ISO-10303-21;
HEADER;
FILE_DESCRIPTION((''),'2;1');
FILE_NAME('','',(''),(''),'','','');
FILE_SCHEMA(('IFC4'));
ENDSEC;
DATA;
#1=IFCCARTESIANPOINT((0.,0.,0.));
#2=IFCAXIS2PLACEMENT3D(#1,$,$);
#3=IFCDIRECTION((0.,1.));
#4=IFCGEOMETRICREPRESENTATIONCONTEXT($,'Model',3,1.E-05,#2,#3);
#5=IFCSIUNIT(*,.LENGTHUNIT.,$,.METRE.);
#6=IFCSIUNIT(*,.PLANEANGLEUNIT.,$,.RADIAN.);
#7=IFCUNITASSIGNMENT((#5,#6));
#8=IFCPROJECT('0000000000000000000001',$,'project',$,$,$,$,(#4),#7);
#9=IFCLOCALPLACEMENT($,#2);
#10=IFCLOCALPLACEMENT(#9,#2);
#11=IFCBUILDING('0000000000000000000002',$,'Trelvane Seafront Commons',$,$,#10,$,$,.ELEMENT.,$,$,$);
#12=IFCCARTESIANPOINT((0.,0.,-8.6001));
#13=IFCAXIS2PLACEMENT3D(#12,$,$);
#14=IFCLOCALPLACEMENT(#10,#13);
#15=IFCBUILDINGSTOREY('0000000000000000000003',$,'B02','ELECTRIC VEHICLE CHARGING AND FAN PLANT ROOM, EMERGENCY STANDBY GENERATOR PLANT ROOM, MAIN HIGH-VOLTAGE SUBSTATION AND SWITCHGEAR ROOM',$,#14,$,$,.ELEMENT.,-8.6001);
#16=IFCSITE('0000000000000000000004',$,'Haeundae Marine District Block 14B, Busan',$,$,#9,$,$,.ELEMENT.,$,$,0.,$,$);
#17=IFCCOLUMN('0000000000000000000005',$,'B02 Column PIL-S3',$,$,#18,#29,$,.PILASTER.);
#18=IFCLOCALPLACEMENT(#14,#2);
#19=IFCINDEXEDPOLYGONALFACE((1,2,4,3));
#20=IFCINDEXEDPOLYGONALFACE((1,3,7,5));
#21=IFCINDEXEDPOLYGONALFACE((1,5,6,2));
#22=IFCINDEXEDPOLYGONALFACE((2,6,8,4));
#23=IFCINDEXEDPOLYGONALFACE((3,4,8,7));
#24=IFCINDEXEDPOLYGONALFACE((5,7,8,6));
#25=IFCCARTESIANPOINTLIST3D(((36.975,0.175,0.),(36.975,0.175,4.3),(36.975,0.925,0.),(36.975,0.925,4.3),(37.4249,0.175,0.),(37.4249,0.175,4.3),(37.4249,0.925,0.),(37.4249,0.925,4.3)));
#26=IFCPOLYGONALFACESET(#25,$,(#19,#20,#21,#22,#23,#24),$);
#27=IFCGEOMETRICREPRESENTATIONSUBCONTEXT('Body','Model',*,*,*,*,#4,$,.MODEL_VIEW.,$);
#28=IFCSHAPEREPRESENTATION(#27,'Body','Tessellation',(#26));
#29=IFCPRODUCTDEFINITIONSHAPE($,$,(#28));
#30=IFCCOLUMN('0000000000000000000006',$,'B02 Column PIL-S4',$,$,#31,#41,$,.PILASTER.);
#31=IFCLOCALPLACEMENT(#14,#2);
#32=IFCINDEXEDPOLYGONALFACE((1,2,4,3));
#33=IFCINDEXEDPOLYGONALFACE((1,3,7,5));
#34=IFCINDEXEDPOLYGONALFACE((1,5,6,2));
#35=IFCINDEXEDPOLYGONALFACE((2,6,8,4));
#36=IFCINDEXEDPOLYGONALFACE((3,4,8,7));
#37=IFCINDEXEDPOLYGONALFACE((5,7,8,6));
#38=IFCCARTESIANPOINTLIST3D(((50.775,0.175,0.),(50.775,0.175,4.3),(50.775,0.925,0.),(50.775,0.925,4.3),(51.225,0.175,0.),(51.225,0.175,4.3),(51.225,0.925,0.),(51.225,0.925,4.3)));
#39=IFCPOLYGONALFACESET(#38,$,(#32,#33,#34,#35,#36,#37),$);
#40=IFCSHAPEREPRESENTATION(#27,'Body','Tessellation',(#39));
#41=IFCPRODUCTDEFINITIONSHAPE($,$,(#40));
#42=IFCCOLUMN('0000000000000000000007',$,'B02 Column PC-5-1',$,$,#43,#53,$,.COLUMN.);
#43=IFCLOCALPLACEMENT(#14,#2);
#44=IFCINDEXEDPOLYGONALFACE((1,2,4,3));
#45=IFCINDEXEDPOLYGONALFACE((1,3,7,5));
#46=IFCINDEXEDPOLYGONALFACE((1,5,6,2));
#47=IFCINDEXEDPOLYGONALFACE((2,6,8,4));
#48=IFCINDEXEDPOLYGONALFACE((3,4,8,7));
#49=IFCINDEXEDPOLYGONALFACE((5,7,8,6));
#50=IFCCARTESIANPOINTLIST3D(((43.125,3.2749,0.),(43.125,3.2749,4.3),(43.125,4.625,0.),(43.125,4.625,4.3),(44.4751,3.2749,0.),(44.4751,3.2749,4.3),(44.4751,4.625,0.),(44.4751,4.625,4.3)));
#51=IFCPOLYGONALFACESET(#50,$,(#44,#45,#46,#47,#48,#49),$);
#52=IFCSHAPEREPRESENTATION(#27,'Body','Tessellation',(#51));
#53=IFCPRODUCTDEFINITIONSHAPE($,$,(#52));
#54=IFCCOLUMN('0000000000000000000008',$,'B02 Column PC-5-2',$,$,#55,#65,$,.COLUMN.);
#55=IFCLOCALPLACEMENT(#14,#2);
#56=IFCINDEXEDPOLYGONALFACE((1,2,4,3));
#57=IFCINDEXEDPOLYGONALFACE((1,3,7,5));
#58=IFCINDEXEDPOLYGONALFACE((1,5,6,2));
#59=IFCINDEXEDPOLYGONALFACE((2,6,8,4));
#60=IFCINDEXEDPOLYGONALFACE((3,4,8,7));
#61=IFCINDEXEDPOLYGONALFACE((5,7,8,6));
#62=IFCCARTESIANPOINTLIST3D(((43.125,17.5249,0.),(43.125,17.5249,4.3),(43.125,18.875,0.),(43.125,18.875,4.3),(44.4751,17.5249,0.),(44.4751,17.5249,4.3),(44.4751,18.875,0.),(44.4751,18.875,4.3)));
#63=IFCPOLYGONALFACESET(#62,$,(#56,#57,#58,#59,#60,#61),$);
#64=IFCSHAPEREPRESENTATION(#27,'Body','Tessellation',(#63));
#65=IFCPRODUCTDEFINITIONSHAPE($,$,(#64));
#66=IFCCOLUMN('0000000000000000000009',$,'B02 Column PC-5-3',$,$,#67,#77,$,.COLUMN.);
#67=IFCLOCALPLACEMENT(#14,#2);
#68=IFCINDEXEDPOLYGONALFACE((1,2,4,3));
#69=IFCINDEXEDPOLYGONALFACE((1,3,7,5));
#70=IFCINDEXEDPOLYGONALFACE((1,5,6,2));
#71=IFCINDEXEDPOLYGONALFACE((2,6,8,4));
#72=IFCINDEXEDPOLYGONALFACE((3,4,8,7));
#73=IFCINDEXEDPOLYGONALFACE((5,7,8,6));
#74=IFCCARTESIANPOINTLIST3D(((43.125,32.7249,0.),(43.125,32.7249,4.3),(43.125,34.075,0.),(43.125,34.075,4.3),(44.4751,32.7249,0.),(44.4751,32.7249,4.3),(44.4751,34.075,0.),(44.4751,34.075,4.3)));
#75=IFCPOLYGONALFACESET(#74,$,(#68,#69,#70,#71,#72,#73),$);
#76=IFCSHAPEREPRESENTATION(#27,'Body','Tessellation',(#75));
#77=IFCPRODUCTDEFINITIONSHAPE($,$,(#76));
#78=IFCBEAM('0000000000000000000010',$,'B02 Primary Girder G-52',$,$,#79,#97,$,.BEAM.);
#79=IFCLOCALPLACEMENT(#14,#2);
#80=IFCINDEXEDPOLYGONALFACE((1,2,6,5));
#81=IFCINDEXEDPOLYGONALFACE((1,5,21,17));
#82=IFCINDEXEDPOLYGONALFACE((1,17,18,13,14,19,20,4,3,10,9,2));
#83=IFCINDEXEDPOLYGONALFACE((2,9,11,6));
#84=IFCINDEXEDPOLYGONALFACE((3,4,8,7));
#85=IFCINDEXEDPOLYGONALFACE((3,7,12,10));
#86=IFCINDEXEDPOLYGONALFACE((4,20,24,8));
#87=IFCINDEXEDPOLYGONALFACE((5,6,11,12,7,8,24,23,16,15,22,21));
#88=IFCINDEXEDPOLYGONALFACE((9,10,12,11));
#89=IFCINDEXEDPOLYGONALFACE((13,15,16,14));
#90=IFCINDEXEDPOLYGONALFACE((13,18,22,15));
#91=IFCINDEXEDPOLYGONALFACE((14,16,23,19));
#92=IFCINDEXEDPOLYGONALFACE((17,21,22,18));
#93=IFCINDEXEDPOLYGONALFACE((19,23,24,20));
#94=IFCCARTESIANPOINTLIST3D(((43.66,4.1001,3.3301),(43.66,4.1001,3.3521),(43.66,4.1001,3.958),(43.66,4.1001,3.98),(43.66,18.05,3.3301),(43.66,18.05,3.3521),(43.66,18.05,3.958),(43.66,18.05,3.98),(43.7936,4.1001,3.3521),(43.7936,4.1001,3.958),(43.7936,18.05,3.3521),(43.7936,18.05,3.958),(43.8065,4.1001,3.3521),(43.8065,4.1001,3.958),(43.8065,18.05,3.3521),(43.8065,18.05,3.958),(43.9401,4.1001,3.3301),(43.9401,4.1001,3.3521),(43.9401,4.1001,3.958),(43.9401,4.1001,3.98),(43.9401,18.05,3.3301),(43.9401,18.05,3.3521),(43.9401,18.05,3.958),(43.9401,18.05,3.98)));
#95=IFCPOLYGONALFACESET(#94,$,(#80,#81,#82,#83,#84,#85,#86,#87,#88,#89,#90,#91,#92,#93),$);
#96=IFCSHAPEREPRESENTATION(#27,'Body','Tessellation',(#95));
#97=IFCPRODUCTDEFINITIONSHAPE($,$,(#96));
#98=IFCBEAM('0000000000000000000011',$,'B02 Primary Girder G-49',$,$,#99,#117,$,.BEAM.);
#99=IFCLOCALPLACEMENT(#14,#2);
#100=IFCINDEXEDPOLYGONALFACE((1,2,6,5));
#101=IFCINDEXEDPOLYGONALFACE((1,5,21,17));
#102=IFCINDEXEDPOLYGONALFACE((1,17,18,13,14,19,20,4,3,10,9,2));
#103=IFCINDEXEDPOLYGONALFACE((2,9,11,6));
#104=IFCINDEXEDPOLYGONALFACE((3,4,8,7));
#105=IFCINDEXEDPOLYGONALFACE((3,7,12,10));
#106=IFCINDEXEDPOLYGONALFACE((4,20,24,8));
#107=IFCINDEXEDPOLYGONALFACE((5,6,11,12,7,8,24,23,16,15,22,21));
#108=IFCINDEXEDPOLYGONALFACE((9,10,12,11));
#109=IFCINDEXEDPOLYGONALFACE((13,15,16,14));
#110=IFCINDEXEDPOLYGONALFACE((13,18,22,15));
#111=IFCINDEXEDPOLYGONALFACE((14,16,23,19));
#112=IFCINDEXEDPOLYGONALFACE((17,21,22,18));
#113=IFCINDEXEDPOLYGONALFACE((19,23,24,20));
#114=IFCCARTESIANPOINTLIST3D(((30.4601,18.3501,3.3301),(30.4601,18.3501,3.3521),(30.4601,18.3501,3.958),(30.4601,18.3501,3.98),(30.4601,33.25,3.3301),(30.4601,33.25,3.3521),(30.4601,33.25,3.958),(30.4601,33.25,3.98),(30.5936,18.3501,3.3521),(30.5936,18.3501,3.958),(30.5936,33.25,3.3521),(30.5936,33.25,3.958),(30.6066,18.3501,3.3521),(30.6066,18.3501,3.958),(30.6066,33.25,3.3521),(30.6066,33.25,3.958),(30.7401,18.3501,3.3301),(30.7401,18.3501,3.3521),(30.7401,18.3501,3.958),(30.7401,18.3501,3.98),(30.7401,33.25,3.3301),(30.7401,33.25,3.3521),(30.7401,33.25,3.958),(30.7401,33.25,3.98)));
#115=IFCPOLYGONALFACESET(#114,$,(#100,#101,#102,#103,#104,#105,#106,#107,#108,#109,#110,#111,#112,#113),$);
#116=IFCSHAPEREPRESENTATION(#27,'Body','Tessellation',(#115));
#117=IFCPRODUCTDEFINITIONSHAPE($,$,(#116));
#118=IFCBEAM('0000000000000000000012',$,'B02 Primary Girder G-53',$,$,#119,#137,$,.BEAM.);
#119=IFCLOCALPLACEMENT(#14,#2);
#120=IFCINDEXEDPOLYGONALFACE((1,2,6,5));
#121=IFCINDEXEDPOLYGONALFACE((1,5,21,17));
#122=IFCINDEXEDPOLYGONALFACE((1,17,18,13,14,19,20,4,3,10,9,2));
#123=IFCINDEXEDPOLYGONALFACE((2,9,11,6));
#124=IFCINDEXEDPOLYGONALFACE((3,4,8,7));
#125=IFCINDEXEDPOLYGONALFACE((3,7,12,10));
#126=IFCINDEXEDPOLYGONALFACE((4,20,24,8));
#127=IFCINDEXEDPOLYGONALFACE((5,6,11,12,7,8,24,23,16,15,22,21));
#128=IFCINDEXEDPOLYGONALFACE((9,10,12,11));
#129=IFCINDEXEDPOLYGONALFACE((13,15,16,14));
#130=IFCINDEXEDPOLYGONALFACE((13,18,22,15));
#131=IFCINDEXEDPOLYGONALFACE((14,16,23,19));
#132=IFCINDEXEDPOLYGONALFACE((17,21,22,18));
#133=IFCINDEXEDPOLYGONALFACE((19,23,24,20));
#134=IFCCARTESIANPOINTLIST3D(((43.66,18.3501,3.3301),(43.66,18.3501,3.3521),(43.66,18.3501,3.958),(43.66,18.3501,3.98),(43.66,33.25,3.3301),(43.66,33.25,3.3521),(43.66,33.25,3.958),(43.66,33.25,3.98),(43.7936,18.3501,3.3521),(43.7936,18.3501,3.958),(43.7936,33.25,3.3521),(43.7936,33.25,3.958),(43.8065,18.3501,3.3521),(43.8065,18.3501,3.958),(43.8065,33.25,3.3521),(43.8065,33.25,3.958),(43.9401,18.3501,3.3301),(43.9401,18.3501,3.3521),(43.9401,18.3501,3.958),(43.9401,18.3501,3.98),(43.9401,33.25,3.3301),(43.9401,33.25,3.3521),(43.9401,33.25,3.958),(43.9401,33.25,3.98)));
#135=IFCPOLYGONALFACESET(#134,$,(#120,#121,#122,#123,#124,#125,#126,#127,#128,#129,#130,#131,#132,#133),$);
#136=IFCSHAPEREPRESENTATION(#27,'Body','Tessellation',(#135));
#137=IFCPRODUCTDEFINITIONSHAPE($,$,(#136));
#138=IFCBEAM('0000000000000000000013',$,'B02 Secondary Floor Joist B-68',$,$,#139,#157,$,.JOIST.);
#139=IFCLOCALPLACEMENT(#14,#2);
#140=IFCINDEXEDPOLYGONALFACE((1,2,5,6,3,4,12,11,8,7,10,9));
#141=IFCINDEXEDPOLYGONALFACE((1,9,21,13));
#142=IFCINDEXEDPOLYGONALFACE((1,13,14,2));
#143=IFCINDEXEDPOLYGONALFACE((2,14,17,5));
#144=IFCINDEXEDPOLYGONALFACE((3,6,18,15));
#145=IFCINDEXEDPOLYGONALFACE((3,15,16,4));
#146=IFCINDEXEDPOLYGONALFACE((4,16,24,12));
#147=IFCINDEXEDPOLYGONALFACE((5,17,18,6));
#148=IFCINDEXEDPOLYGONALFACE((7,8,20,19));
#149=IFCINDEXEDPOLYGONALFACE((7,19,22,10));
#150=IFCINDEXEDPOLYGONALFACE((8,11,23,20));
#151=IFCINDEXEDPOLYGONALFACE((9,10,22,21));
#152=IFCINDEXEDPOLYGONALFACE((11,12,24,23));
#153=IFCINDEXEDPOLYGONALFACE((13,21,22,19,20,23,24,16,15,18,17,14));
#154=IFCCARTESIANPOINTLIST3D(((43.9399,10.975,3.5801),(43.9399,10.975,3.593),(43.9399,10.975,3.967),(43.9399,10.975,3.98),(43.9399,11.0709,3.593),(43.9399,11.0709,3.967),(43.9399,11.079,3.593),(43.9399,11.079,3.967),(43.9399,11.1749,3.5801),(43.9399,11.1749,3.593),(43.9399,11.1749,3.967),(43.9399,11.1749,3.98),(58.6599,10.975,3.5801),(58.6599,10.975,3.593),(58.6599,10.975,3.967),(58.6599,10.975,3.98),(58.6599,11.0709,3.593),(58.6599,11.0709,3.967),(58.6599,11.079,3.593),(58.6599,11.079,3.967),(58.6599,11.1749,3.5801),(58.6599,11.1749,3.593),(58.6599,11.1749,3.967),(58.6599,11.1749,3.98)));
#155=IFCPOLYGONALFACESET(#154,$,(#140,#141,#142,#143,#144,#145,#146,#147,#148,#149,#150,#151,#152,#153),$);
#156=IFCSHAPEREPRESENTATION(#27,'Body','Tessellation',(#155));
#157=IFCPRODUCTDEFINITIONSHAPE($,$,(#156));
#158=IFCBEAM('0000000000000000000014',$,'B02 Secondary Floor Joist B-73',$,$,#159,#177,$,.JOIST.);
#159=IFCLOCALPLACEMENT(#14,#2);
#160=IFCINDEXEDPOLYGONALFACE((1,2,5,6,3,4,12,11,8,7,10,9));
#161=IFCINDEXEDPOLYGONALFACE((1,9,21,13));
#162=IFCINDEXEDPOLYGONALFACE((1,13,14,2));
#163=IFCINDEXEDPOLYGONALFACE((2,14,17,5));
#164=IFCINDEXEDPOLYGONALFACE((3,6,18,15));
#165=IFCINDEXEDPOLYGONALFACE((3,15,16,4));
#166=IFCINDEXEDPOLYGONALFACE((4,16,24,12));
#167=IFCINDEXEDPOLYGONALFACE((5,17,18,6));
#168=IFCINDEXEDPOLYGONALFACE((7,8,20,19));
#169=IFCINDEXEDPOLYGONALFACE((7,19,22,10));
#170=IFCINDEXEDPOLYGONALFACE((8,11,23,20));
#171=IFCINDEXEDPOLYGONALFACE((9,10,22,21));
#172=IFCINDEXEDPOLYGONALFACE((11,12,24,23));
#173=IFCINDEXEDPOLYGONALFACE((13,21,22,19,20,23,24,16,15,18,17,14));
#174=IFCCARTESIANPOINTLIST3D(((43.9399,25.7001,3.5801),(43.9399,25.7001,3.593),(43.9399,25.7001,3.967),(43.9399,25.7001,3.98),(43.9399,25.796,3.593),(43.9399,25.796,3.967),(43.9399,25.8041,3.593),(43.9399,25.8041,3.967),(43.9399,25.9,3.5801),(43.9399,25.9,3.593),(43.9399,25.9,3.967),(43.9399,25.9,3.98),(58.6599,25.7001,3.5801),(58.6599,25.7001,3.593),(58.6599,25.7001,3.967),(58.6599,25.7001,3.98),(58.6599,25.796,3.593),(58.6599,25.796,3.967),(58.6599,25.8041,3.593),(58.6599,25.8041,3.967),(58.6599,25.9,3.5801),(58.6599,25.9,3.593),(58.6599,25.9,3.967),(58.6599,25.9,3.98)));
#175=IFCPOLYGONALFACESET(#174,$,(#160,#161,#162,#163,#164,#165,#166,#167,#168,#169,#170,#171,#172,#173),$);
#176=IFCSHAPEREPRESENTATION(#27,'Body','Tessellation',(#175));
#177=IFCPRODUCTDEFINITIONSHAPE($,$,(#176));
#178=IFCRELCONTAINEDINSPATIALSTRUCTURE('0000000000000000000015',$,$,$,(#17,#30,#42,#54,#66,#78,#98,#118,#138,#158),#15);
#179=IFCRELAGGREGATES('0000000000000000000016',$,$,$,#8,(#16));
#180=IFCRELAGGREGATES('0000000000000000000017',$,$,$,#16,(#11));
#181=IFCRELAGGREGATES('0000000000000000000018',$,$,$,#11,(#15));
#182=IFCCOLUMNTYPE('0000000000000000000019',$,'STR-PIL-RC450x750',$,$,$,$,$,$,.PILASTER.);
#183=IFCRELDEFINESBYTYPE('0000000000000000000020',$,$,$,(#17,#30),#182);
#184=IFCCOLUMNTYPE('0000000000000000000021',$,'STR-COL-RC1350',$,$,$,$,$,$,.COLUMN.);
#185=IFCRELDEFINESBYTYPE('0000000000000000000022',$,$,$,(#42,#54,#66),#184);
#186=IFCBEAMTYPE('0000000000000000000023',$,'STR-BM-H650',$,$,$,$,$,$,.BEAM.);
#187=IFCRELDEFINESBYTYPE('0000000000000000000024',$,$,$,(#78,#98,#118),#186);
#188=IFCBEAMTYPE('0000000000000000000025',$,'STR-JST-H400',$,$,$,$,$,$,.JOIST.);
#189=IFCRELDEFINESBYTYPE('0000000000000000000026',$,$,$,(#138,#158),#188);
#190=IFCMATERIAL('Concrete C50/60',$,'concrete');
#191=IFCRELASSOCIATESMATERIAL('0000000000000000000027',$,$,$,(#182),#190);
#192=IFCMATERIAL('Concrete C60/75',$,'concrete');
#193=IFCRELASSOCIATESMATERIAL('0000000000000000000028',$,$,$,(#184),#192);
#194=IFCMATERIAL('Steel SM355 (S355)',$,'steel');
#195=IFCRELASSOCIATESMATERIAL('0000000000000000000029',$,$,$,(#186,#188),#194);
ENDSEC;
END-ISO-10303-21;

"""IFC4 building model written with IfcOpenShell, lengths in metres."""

from ifc_helpers import new_model, si_unit, direction, frame, origin, origin_2d, place, context, subcontext, project, spatial, rectangle, i_section, extrude, source, transform, mapped, material, material_profile, profile_set, type_object, element, save


model = new_model("IFC4")

# Units and contexts
model_context = context("Model", 3, precision=1e-05, world=origin(), true_north=direction((0.0, 1.0)))
body_context = subcontext(model_context, "Body", "Model", "MODEL_VIEW")
ifc_project = project(units=[si_unit("LENGTHUNIT", "METRE"), si_unit("PLANEANGLEUNIT", "RADIAN")], contexts=[model_context])

# Site, building, storey
site_placement = place(None, origin())
site = spatial("IfcSite", under=ifc_project, at=site_placement, Name="Haeundae Marine District Block 14B, Busan", CompositionType="ELEMENT", RefElevation=0.0)
building_placement = place(site_placement, origin())
building = spatial("IfcBuilding", under=site, at=building_placement, Name="Trelvane Seafront Commons", CompositionType="ELEMENT")
storey_placement = place(building_placement, frame((0.0, 0.0, -8.6001)))
storey = spatial("IfcBuildingStorey", under=building, at=storey_placement, Name="B02", Description="ELECTRIC VEHICLE CHARGING AND FAN PLANT ROOM, EMERGENCY STANDBY GENERATOR PLANT ROOM, MAIN HIGH-VOLTAGE SUBSTATION AND SWITCHGEAR ROOM", CompositionType="ELEMENT", Elevation=-8.6001)

# Columns
ifc_material_1 = material(Name="Concrete C50/60", Category="concrete")
ifc_material_profile_1 = material_profile(ifc_material_1, rectangle(XDim=0.45, YDim=0.75, at=origin_2d()), Name="RC-450x750")
ifc_profile_set_1 = profile_set([ifc_material_profile_1], Name="Concrete C50/60")
column_type_1 = type_object("IfcColumnType", Name="STR-PIL-RC450x750", PredefinedType="PILASTER", material=ifc_profile_set_1)
shared_shape_1 = source(origin(), body_context, "Body", "SweptSolid", [
    extrude(rectangle(XDim=0.45, YDim=0.75, at=origin_2d()), origin(), (0.0, 0.0, 1.0), 4.3),
])
for number, where, z_axis, x_axis, name in (
    (1, (37.2, 0.55, 0.0), (0.0, 0.0, 1.0), (1.0, 0.0, 0.0), "B02 Column PIL-S3"),
    (2, (51.0, 0.55, 0.0), (0.0, 0.0, 1.0), (1.0, 0.0, 0.0), "B02 Column PIL-S4"),
):
    element("IfcColumn", number, at=place(storey_placement, frame(where, z_axis=z_axis, x_axis=x_axis)), inside=storey, type_object=column_type_1, Name=name, PredefinedType="PILASTER", context=body_context, shape_type="MappedRepresentation", body=[
        mapped(shared_shape_1, transform((0.0, 0.0, 0.0), x_axis=(1.0, 0.0, 0.0), y_axis=(0.0, 1.0, 0.0), z_axis=(0.0, 0.0, 1.0), scale=1.0)),
    ])
ifc_material_2 = material(Name="Concrete C60/75", Category="concrete")
ifc_material_profile_2 = material_profile(ifc_material_2, rectangle(XDim=1.3501, YDim=1.3501, at=origin_2d()), Name="RC-1350x1350")
ifc_profile_set_2 = profile_set([ifc_material_profile_2], Name="Concrete C60/75")
column_type_2 = type_object("IfcColumnType", Name="STR-COL-RC1350", PredefinedType="COLUMN", material=ifc_profile_set_2)
shared_shape_2 = source(origin(), body_context, "Body", "SweptSolid", [
    extrude(rectangle(XDim=1.3501, YDim=1.3501, at=origin_2d()), origin(), (0.0, 0.0, 1.0), 4.3),
])
for number, where, z_axis, x_axis, name in (
    (3, (43.8, 3.95, 0.0), (0.0, 0.0, 1.0), (1.0, 0.0, 0.0), "B02 Column PC-5-1"),
    (4, (43.8, 18.2, 0.0), (0.0, 0.0, 1.0), (1.0, 0.0, 0.0), "B02 Column PC-5-2"),
    (5, (43.8, 33.3999, 0.0), (0.0, 0.0, 1.0), (1.0, 0.0, 0.0), "B02 Column PC-5-3"),
):
    element("IfcColumn", number, at=place(storey_placement, frame(where, z_axis=z_axis, x_axis=x_axis)), inside=storey, type_object=column_type_2, Name=name, PredefinedType="COLUMN", context=body_context, shape_type="MappedRepresentation", body=[
        mapped(shared_shape_2, transform((0.0, 0.0, 0.0), x_axis=(1.0, 0.0, 0.0), y_axis=(0.0, 1.0, 0.0), z_axis=(0.0, 0.0, 1.0), scale=1.0)),
    ])

# Beams
ifc_material_3 = material(Name="Steel SM355 (S355)", Category="steel")
ifc_material_profile_3 = material_profile(ifc_material_3, i_section(OverallWidth=0.28, OverallDepth=0.6499, WebThickness=0.0129, FlangeThickness=0.022, at=origin_2d()), Name="H-650x280x13x22")
ifc_profile_set_3 = profile_set([ifc_material_profile_3], Name="Steel SM355 (S355)")
beam_type_1 = type_object("IfcBeamType", Name="STR-BM-H650", PredefinedType="BEAM", material=ifc_profile_set_3)
shared_shape_3 = source(origin(), body_context, "Body", "SweptSolid", [
    extrude(i_section(OverallWidth=0.28, OverallDepth=0.6499, WebThickness=0.0129, FlangeThickness=0.022, at=origin_2d()), origin(), (0.0, 0.0, 1.0), 13.95),
])
beam_1_placement = place(storey_placement, frame((43.8, 4.1001, 3.655), z_axis=(0.0, 1.0, 0.0), x_axis=(-1.0, 0.0, 0.0)))
element("IfcBeam", 6, at=beam_1_placement, inside=storey, type_object=beam_type_1, Name="B02 Primary Girder G-52", PredefinedType="BEAM", context=body_context, shape_type="MappedRepresentation", body=[
    mapped(shared_shape_3, transform((0.0, 0.0, 0.0), x_axis=(1.0, 0.0, 0.0), y_axis=(0.0, 1.0, 0.0), z_axis=(0.0, 0.0, 1.0), scale=1.0)),
])
shared_shape_4 = source(origin(), body_context, "Body", "SweptSolid", [
    extrude(i_section(OverallWidth=0.28, OverallDepth=0.6499, WebThickness=0.0129, FlangeThickness=0.022, at=origin_2d()), origin(), (0.0, 0.0, 1.0), 14.8999),
])
for number, where, z_axis, x_axis, name in (
    (7, (30.6001, 18.3501, 3.655), (0.0, 1.0, 0.0), (-1.0, 0.0, 0.0), "B02 Primary Girder G-49"),
    (8, (43.8, 18.3501, 3.655), (0.0, 1.0, 0.0), (-1.0, 0.0, 0.0), "B02 Primary Girder G-53"),
):
    element("IfcBeam", number, at=place(storey_placement, frame(where, z_axis=z_axis, x_axis=x_axis)), inside=storey, type_object=beam_type_1, Name=name, PredefinedType="BEAM", context=body_context, shape_type="MappedRepresentation", body=[
        mapped(shared_shape_4, transform((0.0, 0.0, 0.0), x_axis=(1.0, 0.0, 0.0), y_axis=(0.0, 1.0, 0.0), z_axis=(0.0, 0.0, 1.0), scale=1.0)),
    ])
ifc_material_profile_4 = material_profile(ifc_material_3, i_section(OverallWidth=0.2, OverallDepth=0.3999, WebThickness=0.0081, FlangeThickness=0.0129, at=origin_2d()), Name="H-400x200x8x13")
ifc_profile_set_4 = profile_set([ifc_material_profile_4], Name="Steel SM355 (S355)")
beam_type_2 = type_object("IfcBeamType", Name="STR-JST-H400", PredefinedType="JOIST", material=ifc_profile_set_4)
shared_shape_5 = source(origin(), body_context, "Body", "SweptSolid", [
    extrude(i_section(OverallWidth=0.2, OverallDepth=0.3999, WebThickness=0.0081, FlangeThickness=0.0129, at=origin_2d()), origin(), (0.0, 0.0, 1.0), 14.72),
])
for number, where, z_axis, x_axis, name in (
    (9, (43.9399, 11.075, 3.78), (1.0, 0.0, 0.0), (0.0, 1.0, 0.0), "B02 Secondary Floor Joist B-68"),
    (10, (43.9399, 25.8, 3.78), (1.0, 0.0, 0.0), (0.0, 1.0, 0.0), "B02 Secondary Floor Joist B-73"),
):
    element("IfcBeam", number, at=place(storey_placement, frame(where, z_axis=z_axis, x_axis=x_axis)), inside=storey, type_object=beam_type_2, Name=name, PredefinedType="JOIST", context=body_context, shape_type="MappedRepresentation", body=[
        mapped(shared_shape_5, transform((0.0, 0.0, 0.0), x_axis=(1.0, 0.0, 0.0), y_axis=(0.0, 1.0, 0.0), z_axis=(0.0, 0.0, 1.0), scale=1.0)),
    ])

save(model, "model.ifc")
